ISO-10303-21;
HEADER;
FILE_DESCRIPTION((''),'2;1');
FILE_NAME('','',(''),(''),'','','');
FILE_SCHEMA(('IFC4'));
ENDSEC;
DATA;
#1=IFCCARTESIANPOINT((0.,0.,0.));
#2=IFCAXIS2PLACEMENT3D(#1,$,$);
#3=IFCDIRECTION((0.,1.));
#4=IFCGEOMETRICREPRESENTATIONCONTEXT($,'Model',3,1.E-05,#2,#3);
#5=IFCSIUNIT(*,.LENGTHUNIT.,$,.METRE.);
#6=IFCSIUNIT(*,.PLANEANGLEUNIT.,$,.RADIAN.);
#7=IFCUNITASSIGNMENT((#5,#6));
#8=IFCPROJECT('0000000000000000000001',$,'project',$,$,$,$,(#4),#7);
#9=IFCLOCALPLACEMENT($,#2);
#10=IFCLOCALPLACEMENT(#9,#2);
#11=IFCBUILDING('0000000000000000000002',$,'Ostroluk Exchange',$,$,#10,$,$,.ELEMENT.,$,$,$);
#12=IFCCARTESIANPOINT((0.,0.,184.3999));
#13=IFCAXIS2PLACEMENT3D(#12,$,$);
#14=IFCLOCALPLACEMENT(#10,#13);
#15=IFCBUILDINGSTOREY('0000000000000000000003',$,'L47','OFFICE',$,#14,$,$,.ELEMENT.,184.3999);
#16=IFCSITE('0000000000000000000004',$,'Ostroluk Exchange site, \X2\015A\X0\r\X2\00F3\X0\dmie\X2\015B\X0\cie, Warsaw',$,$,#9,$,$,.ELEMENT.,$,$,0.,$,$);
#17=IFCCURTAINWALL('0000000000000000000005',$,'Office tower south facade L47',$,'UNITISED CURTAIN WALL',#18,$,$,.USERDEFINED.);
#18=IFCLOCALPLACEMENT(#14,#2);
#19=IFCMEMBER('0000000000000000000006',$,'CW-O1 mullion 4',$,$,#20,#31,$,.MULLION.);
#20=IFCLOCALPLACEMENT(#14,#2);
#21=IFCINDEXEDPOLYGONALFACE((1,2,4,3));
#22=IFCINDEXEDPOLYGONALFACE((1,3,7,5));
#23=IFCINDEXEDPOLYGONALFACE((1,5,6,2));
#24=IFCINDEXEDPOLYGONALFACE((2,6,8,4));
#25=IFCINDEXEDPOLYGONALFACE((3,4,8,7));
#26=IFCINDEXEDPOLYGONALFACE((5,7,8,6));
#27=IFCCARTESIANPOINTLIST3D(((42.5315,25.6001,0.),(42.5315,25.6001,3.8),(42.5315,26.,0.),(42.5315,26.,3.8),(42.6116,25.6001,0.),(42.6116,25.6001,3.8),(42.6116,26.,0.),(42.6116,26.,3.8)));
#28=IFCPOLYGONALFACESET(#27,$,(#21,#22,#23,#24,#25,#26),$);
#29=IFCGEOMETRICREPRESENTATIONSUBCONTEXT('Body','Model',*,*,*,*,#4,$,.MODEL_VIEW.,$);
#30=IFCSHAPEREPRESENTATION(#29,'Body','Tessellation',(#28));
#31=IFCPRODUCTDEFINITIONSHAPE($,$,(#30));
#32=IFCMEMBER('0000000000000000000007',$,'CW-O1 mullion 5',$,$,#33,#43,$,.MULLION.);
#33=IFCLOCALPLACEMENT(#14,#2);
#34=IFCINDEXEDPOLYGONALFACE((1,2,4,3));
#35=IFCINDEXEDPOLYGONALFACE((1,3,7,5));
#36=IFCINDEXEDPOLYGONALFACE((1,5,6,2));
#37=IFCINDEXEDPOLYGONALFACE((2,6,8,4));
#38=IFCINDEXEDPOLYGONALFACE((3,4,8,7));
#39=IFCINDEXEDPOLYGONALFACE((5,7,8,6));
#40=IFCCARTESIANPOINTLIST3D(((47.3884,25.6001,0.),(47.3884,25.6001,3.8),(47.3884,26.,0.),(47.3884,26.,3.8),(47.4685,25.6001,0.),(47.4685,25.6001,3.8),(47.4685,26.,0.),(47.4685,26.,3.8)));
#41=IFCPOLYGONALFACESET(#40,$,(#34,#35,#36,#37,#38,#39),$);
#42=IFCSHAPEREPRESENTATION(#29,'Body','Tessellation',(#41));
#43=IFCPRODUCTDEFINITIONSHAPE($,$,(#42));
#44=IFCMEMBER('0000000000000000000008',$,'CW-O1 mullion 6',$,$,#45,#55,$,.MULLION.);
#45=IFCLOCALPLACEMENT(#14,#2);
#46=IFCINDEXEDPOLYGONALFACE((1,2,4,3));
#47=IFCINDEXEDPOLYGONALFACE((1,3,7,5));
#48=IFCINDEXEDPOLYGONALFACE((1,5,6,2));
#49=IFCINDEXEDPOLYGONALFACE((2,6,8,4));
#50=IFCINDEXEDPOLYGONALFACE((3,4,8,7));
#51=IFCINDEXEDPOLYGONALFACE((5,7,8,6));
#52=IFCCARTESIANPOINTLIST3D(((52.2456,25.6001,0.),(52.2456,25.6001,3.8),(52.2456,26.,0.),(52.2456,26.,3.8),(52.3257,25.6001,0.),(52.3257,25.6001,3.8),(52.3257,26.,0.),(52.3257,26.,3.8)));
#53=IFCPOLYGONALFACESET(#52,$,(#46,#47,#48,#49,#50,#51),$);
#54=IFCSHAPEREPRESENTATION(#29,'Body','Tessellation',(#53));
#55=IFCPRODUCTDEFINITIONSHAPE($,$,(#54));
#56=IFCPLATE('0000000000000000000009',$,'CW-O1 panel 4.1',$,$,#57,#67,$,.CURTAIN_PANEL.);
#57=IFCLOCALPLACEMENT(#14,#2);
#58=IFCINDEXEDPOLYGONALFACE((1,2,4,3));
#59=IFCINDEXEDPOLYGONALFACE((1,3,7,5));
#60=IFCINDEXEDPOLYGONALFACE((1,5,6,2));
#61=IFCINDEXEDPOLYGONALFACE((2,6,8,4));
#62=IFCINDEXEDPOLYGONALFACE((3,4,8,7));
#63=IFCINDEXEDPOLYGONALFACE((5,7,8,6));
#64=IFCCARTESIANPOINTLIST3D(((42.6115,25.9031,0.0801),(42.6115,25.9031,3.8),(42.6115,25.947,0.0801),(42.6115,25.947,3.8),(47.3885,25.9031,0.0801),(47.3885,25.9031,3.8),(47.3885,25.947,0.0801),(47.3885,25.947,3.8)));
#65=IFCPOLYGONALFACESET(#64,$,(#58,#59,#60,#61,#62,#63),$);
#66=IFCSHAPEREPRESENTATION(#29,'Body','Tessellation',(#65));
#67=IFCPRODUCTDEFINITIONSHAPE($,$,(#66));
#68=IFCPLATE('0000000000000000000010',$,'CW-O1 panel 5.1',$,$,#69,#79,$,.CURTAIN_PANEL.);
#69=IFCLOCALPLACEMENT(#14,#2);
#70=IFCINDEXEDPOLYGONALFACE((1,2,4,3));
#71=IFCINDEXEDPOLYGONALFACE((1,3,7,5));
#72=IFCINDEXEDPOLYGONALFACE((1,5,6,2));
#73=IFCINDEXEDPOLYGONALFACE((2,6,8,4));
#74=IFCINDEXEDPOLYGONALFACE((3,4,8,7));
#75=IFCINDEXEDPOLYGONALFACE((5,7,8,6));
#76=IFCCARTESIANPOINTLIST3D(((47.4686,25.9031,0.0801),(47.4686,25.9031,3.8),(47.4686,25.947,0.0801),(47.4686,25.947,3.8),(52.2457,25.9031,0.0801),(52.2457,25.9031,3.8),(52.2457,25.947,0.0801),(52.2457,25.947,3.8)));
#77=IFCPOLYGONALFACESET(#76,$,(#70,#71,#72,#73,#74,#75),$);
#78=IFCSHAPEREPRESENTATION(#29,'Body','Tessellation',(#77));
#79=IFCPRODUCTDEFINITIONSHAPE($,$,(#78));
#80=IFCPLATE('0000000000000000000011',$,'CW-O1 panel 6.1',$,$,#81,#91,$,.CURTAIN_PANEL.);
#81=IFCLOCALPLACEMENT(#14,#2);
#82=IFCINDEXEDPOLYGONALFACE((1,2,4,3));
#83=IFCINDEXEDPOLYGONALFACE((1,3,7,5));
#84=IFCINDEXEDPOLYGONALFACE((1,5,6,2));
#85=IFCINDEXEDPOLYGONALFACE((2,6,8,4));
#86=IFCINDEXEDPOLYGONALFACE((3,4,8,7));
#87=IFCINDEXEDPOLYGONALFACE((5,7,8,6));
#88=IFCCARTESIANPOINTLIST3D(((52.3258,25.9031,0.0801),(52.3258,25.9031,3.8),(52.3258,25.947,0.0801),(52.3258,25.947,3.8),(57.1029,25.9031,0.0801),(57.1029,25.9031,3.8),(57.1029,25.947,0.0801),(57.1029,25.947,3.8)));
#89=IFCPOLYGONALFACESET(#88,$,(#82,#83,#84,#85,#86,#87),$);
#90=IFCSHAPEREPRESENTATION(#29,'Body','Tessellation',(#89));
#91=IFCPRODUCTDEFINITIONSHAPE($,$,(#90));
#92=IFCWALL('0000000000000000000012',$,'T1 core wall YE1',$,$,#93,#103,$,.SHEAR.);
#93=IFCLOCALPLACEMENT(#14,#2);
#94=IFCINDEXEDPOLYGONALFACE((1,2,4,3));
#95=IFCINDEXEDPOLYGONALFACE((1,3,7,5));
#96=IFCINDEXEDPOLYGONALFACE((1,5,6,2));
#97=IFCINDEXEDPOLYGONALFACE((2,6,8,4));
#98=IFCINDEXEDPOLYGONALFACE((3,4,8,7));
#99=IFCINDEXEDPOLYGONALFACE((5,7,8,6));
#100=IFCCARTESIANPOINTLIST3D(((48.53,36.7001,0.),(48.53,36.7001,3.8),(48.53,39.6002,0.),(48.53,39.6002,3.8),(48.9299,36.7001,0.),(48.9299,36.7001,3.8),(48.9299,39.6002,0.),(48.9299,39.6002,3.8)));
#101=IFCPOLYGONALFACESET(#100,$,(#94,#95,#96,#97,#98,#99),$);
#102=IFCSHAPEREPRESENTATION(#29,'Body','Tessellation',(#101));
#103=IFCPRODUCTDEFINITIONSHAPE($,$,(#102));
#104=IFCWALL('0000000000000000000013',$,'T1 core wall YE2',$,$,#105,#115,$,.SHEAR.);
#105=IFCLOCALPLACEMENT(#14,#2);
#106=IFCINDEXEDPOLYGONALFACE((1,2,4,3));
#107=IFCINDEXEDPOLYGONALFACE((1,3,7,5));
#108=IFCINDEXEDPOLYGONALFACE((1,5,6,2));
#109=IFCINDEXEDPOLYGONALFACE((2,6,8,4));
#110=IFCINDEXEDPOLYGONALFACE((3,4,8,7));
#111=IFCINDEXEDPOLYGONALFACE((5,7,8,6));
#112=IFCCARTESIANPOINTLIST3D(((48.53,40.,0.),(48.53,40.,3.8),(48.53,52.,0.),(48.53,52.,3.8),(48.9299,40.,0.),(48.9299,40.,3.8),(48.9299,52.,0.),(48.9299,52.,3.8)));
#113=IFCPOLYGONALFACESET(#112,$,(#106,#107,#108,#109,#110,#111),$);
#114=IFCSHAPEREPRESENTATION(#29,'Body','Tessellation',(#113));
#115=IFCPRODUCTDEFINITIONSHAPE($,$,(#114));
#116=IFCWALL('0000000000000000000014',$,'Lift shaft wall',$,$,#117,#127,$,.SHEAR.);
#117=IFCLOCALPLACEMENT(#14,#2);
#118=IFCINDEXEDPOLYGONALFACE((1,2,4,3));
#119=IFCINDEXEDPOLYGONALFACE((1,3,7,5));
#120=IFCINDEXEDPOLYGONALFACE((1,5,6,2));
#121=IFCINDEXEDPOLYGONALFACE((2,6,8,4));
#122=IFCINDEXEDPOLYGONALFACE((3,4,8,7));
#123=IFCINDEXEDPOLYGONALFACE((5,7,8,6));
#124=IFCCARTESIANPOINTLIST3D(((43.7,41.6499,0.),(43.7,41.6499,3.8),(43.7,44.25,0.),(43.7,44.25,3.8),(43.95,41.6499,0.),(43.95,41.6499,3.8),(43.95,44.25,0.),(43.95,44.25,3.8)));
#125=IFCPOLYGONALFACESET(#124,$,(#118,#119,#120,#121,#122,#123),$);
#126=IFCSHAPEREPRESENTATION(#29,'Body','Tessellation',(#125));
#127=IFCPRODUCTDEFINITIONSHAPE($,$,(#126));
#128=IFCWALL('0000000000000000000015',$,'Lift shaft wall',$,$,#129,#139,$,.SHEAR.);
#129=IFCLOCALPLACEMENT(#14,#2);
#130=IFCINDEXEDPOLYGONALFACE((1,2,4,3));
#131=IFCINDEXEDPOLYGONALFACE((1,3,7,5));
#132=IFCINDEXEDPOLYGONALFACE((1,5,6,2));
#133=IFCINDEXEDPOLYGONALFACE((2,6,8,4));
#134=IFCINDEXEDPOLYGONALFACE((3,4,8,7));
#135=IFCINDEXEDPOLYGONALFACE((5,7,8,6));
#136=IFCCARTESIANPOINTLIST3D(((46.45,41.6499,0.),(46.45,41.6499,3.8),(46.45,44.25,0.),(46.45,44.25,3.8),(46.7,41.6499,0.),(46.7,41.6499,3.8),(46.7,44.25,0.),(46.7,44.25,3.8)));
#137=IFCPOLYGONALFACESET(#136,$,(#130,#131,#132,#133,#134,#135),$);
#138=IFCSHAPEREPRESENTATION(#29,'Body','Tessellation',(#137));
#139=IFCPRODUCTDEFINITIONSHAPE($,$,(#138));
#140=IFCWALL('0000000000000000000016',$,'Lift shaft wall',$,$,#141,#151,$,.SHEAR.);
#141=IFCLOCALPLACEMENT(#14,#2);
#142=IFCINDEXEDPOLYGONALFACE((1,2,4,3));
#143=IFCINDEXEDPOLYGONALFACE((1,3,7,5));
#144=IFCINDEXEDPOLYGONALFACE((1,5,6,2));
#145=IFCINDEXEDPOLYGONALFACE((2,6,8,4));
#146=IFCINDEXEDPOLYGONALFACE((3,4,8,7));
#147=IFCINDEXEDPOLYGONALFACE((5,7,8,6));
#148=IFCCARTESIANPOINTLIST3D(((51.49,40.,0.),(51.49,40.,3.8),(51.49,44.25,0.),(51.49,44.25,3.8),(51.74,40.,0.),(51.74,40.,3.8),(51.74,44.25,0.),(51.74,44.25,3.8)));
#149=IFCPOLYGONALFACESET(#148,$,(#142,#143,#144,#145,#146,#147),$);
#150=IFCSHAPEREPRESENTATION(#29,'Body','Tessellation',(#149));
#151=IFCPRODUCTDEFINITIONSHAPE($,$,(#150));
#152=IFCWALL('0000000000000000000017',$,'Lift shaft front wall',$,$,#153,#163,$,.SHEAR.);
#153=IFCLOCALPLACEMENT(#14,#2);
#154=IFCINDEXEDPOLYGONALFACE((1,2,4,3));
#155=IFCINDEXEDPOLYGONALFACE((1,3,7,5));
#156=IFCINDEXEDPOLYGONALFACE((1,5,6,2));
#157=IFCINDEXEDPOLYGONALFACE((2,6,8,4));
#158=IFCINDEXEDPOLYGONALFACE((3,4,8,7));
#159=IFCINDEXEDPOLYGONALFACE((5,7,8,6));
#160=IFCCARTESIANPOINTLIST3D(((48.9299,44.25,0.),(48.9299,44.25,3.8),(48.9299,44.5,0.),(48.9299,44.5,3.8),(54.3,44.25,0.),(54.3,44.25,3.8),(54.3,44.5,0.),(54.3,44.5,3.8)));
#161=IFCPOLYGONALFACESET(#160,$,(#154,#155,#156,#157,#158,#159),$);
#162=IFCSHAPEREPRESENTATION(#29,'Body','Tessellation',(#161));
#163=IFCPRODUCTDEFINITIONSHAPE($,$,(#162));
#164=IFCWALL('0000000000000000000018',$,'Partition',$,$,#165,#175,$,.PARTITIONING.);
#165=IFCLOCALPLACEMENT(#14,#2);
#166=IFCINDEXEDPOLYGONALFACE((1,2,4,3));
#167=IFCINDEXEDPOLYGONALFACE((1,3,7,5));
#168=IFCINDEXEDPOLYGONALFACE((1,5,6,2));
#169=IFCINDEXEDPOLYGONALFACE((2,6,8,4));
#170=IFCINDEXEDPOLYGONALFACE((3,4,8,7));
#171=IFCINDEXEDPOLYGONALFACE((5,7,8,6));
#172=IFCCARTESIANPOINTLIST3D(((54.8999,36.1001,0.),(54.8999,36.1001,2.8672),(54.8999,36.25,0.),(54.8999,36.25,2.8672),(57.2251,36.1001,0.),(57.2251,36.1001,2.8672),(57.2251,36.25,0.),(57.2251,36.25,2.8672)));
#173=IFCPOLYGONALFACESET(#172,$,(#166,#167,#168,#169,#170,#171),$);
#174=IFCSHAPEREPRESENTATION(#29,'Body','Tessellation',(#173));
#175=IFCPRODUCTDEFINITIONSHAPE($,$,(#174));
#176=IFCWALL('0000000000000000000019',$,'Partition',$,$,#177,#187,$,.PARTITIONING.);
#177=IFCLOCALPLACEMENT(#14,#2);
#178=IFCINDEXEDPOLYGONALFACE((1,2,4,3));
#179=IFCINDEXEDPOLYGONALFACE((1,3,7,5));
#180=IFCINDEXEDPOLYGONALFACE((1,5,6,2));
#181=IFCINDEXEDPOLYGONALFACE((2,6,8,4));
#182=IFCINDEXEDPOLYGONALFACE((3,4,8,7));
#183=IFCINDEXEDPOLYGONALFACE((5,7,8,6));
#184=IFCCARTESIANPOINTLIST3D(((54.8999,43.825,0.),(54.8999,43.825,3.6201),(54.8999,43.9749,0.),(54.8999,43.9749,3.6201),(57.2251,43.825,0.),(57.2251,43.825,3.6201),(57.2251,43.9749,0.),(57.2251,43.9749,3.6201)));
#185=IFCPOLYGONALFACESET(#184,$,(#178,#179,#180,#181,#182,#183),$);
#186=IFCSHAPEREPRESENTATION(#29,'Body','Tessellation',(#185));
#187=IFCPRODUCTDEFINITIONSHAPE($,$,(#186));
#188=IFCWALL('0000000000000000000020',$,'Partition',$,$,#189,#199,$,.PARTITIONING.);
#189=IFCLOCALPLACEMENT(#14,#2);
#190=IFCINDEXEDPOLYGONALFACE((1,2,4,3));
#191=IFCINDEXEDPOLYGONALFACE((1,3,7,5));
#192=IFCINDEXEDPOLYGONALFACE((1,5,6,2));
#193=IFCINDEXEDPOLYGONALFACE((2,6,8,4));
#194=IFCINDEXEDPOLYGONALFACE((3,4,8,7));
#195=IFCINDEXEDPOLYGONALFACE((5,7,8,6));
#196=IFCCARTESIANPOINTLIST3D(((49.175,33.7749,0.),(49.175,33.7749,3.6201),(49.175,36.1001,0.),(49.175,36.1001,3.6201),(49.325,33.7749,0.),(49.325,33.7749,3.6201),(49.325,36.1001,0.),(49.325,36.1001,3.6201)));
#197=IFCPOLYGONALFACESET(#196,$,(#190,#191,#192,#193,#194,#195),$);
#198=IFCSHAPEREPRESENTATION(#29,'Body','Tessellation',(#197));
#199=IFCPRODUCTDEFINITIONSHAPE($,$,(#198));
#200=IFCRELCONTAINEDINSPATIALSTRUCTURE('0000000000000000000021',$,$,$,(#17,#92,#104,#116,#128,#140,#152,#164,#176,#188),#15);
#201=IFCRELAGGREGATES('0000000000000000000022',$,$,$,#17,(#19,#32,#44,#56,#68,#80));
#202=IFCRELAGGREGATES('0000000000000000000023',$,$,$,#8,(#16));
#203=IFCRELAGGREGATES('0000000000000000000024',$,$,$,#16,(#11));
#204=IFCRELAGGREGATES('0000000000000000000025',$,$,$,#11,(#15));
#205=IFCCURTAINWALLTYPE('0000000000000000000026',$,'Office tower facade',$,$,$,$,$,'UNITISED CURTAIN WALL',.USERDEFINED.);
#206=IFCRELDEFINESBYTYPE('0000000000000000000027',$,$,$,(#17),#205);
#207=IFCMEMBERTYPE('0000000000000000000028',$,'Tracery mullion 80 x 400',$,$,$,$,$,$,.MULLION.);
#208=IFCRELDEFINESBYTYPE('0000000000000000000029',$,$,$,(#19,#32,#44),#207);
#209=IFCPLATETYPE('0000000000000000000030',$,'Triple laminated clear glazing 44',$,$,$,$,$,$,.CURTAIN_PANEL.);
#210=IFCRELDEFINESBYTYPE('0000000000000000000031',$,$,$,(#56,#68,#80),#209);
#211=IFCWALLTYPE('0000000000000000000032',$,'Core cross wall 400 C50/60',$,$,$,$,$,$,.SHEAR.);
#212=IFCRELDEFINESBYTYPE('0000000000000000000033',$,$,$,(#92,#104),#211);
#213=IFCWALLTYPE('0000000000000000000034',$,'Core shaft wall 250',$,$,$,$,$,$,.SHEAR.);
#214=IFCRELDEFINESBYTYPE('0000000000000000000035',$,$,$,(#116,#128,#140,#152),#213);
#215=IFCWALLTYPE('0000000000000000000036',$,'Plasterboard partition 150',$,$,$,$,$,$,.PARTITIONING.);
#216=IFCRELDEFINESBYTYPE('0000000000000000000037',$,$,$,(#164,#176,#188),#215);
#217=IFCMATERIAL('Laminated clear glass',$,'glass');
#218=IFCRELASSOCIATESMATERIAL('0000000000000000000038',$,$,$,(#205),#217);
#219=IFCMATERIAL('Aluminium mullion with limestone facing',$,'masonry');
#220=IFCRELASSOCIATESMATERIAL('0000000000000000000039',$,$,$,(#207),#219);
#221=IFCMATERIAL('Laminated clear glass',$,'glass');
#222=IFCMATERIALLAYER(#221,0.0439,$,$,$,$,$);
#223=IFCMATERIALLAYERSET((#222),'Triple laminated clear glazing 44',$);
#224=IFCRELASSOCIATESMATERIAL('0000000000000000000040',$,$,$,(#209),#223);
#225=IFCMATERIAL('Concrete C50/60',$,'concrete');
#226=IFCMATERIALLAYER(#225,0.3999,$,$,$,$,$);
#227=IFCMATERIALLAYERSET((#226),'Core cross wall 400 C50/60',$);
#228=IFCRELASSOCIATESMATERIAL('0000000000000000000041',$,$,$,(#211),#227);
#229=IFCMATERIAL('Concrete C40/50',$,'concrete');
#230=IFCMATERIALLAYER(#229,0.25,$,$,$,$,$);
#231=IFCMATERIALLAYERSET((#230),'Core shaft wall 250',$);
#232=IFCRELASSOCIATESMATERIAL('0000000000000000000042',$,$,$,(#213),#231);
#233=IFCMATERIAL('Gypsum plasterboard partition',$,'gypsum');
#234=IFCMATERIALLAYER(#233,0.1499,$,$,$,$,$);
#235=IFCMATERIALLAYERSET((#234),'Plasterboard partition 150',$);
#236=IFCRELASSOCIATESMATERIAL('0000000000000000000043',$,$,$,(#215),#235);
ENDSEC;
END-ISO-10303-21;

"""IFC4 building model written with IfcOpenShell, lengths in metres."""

from ifc_helpers import new_model, si_unit, direction, frame, frame_2d, origin, origin_2d, place, context, subcontext, project, spatial, rectangle, extrude, material, layer, layer_set, material_profile, profile_set, type_object, element, aggregate, save


model = new_model("IFC4")

# Units and contexts
model_context = context("Model", 3, precision=1e-05, world=origin(), true_north=direction((0.0, 1.0)))
body_context = subcontext(model_context, "Body", "Model", "MODEL_VIEW")
ifc_project = project(units=[si_unit("LENGTHUNIT", "METRE"), si_unit("PLANEANGLEUNIT", "RADIAN")], contexts=[model_context])

# Site, building, storey
site_placement = place(None, origin())
site = spatial("IfcSite", under=ifc_project, at=site_placement, Name="Ostroluk Exchange site, Śródmieście, Warsaw", CompositionType="ELEMENT", RefElevation=0.0)
building_placement = place(site_placement, origin())
building = spatial("IfcBuilding", under=site, at=building_placement, Name="Ostroluk Exchange", CompositionType="ELEMENT")
storey_placement = place(building_placement, frame((0.0, 0.0, 184.3999)))
storey = spatial("IfcBuildingStorey", under=building, at=storey_placement, Name="L47", Description="OFFICE", CompositionType="ELEMENT", Elevation=184.3999)

# Curtain wall, members, plates
ifc_material_1 = material(Name="Laminated clear glass", Category="glass")
curtain_wall_type = type_object("IfcCurtainWallType", Name="Office tower facade", ElementType="UNITISED CURTAIN WALL", PredefinedType="USERDEFINED", material=ifc_material_1)
curtain_wall_placement = place(storey_placement, origin())
curtain_wall = element("IfcCurtainWall", 1, at=curtain_wall_placement, inside=storey, type_object=curtain_wall_type, Name="Office tower south facade L47", ObjectType="UNITISED CURTAIN WALL", PredefinedType="USERDEFINED")
ifc_material_2 = material(Name="Aluminium mullion with limestone facing", Category="masonry")
ifc_material_profile_1 = material_profile(ifc_material_2, rectangle(XDim=0.3999, YDim=0.0801, at=origin_2d()), Name="Tracery mullion 80 x 400")
ifc_profile_set_1 = profile_set([ifc_material_profile_1], Name="Aluminium mullion with limestone facing")
member_type_1 = type_object("IfcMemberType", Name="Tracery mullion 80 x 400", PredefinedType="MULLION", material=ifc_profile_set_1)
member_1_placement = place(storey_placement, frame((42.5715, 25.8, 0.0), z_axis=(0.0, 0.0, 1.0), x_axis=(0.0, 1.0, 0.0)))
member_1 = element("IfcMember", 2, at=member_1_placement, type_object=member_type_1, Name="CW-O1 mullion 4", PredefinedType="MULLION", context=body_context, shape_type="SweptSolid", body=[
    extrude(rectangle(XDim=0.3999, YDim=0.0801, at=origin_2d()), origin(), (0.0, 0.0, 1.0), 3.8),
])
member_2_placement = place(storey_placement, frame((47.4285, 25.8, 0.0), z_axis=(0.0, 0.0, 1.0), x_axis=(0.0, 1.0, 0.0)))
member_2 = element("IfcMember", 3, at=member_2_placement, type_object=member_type_1, Name="CW-O1 mullion 5", PredefinedType="MULLION", context=body_context, shape_type="SweptSolid", body=[
    extrude(rectangle(XDim=0.3999, YDim=0.0801, at=origin_2d()), origin(), (0.0, 0.0, 1.0), 3.8),
])
member_3_placement = place(storey_placement, frame((52.2856, 25.8, 0.0), z_axis=(0.0, 0.0, 1.0), x_axis=(0.0, 1.0, 0.0)))
member_3 = element("IfcMember", 4, at=member_3_placement, type_object=member_type_1, Name="CW-O1 mullion 6", PredefinedType="MULLION", context=body_context, shape_type="SweptSolid", body=[
    extrude(rectangle(XDim=0.3999, YDim=0.0801, at=origin_2d()), origin(), (0.0, 0.0, 1.0), 3.8),
])
ifc_material_3 = material(Name="Laminated clear glass", Category="glass")
ifc_layer_1 = layer(ifc_material_3, 0.0439)
ifc_layer_set_1 = layer_set([ifc_layer_1], Name="Triple laminated clear glazing 44")
plate_type = type_object("IfcPlateType", Name="Triple laminated clear glazing 44", PredefinedType="CURTAIN_PANEL", material=ifc_layer_set_1)
plate_1_placement = place(storey_placement, frame((45.0, 25.925, 0.0801), z_axis=(0.0, 0.0, 1.0), x_axis=(1.0, 0.0, 0.0)))
plate_1 = element("IfcPlate", 5, at=plate_1_placement, type_object=plate_type, Name="CW-O1 panel 4.1", PredefinedType="CURTAIN_PANEL", context=body_context, shape_type="SweptSolid", body=[
    extrude(rectangle(XDim=4.7771, YDim=0.0439, at=origin_2d()), origin(), (0.0, 0.0, 1.0), 3.72),
])
plate_2_placement = place(storey_placement, frame((49.8572, 25.925, 0.0801), z_axis=(0.0, 0.0, 1.0), x_axis=(1.0, 0.0, 0.0)))
plate_2 = element("IfcPlate", 6, at=plate_2_placement, type_object=plate_type, Name="CW-O1 panel 5.1", PredefinedType="CURTAIN_PANEL", context=body_context, shape_type="SweptSolid", body=[
    extrude(rectangle(XDim=4.7771, YDim=0.0439, at=origin_2d()), origin(), (0.0, 0.0, 1.0), 3.72),
])
plate_3_placement = place(storey_placement, frame((54.7144, 25.925, 0.0801), z_axis=(0.0, 0.0, 1.0), x_axis=(1.0, 0.0, 0.0)))
plate_3 = element("IfcPlate", 7, at=plate_3_placement, type_object=plate_type, Name="CW-O1 panel 6.1", PredefinedType="CURTAIN_PANEL", context=body_context, shape_type="SweptSolid", body=[
    extrude(rectangle(XDim=4.7771, YDim=0.0439, at=origin_2d()), origin(), (0.0, 0.0, 1.0), 3.72),
])
aggregate(curtain_wall, [member_1, member_2, member_3, plate_1, plate_2, plate_3])

# Walls
ifc_material_4 = material(Name="Concrete C50/60", Category="concrete")
ifc_layer_2 = layer(ifc_material_4, 0.3999)
ifc_layer_set_2 = layer_set([ifc_layer_2], Name="Core cross wall 400 C50/60")
wall_type_1 = type_object("IfcWallType", Name="Core cross wall 400 C50/60", PredefinedType="SHEAR", material=ifc_layer_set_2)
wall_1_placement = place(storey_placement, frame((48.73, 36.7, 0.0), z_axis=(0.0, 0.0, 1.0), x_axis=(0.0, 1.0, 0.0)))
element("IfcWall", 8, at=wall_1_placement, inside=storey, type_object=wall_type_1, Name="T1 core wall YE1", PredefinedType="SHEAR", context=body_context, shape_type="SweptSolid", body=[
    extrude(rectangle(XDim=2.9001, YDim=0.3999, at=frame_2d((1.4502, 0.0))), origin(), (0.0, 0.0, 1.0), 3.8),
])
wall_2_placement = place(storey_placement, frame((48.73, 40.0, 0.0), z_axis=(0.0, 0.0, 1.0), x_axis=(0.0, 1.0, 0.0)))
element("IfcWall", 9, at=wall_2_placement, inside=storey, type_object=wall_type_1, Name="T1 core wall YE2", PredefinedType="SHEAR", context=body_context, shape_type="SweptSolid", body=[
    extrude(rectangle(XDim=12.0, YDim=0.3999, at=frame_2d((6.0, 0.0))), origin(), (0.0, 0.0, 1.0), 3.8),
])

# Shared definitions
ifc_material_5 = material(Name="Concrete C40/50", Category="concrete")
ifc_layer_3 = layer(ifc_material_5, 0.25)
ifc_layer_set_3 = layer_set([ifc_layer_3], Name="Core shaft wall 250")
wall_type_2 = type_object("IfcWallType", Name="Core shaft wall 250", PredefinedType="SHEAR", material=ifc_layer_set_3)

# Walls
for number, where, z_axis, x_axis, name in (
    (10, (43.825, 44.25, 0.0), (0.0, 0.0, 1.0), (0.0, -1.0, 0.0), "Lift shaft wall"),
    (11, (46.575, 44.25, 0.0), (0.0, 0.0, 1.0), (0.0, -1.0, 0.0), "Lift shaft wall"),
):
    element("IfcWall", number, at=place(storey_placement, frame(where, z_axis=z_axis, x_axis=x_axis)), inside=storey, type_object=wall_type_2, Name=name, PredefinedType="SHEAR", context=body_context, shape_type="SweptSolid", body=[
        extrude(rectangle(XDim=2.6001, YDim=0.25, at=frame_2d((1.3, 0.0))), origin(), (0.0, 0.0, 1.0), 3.8),
    ])
wall_3_placement = place(storey_placement, frame((51.615, 44.25, 0.0), z_axis=(0.0, 0.0, 1.0), x_axis=(0.0, -1.0, 0.0)))
element("IfcWall", 12, at=wall_3_placement, inside=storey, type_object=wall_type_2, Name="Lift shaft wall", PredefinedType="SHEAR", context=body_context, shape_type="SweptSolid", body=[
    extrude(rectangle(XDim=4.25, YDim=0.25, at=frame_2d((2.125, 0.0))), origin(), (0.0, 0.0, 1.0), 3.8),
])
wall_4_placement = place(storey_placement, frame((48.9299, 44.375, 0.0), z_axis=(0.0, 0.0, 1.0), x_axis=(1.0, 0.0, 0.0)))
element("IfcWall", 13, at=wall_4_placement, inside=storey, type_object=wall_type_2, Name="Lift shaft front wall", PredefinedType="SHEAR", context=body_context, shape_type="SweptSolid", body=[
    extrude(rectangle(XDim=5.3701, YDim=0.25, at=frame_2d((2.6851, 0.0))), origin(), (0.0, 0.0, 1.0), 3.8),
])

# Walls
ifc_material_6 = material(Name="Gypsum plasterboard partition", Category="gypsum")
ifc_layer_4 = layer(ifc_material_6, 0.1499)
ifc_layer_set_4 = layer_set([ifc_layer_4], Name="Plasterboard partition 150")
wall_type_3 = type_object("IfcWallType", Name="Plasterboard partition 150", PredefinedType="PARTITIONING", material=ifc_layer_set_4)
wall_5_placement = place(storey_placement, frame((54.8999, 36.175, 0.0), z_axis=(0.0, 0.0, 1.0), x_axis=(1.0, 0.0, 0.0)))
element("IfcWall", 14, at=wall_5_placement, inside=storey, type_object=wall_type_3, Name="Partition", PredefinedType="PARTITIONING", context=body_context, shape_type="SweptSolid", body=[
    extrude(rectangle(XDim=2.3252, YDim=0.1499, at=frame_2d((1.1626, 0.0))), origin(), (0.0, 0.0, 1.0), 2.8672),
])
for number, where, z_axis, x_axis, name in (
    (15, (54.8999, 43.8999, 0.0), (0.0, 0.0, 1.0), (1.0, 0.0, 0.0), "Partition"),
    (16, (49.25, 36.1001, 0.0), (0.0, 0.0, 1.0), (0.0, -1.0, 0.0), "Partition"),
):
    element("IfcWall", number, at=place(storey_placement, frame(where, z_axis=z_axis, x_axis=x_axis)), inside=storey, type_object=wall_type_3, Name=name, PredefinedType="PARTITIONING", context=body_context, shape_type="SweptSolid", body=[
        extrude(rectangle(XDim=2.3252, YDim=0.1499, at=frame_2d((1.1626, 0.0))), origin(), (0.0, 0.0, 1.0), 3.6201),
    ])

save(model, "model.ifc")
